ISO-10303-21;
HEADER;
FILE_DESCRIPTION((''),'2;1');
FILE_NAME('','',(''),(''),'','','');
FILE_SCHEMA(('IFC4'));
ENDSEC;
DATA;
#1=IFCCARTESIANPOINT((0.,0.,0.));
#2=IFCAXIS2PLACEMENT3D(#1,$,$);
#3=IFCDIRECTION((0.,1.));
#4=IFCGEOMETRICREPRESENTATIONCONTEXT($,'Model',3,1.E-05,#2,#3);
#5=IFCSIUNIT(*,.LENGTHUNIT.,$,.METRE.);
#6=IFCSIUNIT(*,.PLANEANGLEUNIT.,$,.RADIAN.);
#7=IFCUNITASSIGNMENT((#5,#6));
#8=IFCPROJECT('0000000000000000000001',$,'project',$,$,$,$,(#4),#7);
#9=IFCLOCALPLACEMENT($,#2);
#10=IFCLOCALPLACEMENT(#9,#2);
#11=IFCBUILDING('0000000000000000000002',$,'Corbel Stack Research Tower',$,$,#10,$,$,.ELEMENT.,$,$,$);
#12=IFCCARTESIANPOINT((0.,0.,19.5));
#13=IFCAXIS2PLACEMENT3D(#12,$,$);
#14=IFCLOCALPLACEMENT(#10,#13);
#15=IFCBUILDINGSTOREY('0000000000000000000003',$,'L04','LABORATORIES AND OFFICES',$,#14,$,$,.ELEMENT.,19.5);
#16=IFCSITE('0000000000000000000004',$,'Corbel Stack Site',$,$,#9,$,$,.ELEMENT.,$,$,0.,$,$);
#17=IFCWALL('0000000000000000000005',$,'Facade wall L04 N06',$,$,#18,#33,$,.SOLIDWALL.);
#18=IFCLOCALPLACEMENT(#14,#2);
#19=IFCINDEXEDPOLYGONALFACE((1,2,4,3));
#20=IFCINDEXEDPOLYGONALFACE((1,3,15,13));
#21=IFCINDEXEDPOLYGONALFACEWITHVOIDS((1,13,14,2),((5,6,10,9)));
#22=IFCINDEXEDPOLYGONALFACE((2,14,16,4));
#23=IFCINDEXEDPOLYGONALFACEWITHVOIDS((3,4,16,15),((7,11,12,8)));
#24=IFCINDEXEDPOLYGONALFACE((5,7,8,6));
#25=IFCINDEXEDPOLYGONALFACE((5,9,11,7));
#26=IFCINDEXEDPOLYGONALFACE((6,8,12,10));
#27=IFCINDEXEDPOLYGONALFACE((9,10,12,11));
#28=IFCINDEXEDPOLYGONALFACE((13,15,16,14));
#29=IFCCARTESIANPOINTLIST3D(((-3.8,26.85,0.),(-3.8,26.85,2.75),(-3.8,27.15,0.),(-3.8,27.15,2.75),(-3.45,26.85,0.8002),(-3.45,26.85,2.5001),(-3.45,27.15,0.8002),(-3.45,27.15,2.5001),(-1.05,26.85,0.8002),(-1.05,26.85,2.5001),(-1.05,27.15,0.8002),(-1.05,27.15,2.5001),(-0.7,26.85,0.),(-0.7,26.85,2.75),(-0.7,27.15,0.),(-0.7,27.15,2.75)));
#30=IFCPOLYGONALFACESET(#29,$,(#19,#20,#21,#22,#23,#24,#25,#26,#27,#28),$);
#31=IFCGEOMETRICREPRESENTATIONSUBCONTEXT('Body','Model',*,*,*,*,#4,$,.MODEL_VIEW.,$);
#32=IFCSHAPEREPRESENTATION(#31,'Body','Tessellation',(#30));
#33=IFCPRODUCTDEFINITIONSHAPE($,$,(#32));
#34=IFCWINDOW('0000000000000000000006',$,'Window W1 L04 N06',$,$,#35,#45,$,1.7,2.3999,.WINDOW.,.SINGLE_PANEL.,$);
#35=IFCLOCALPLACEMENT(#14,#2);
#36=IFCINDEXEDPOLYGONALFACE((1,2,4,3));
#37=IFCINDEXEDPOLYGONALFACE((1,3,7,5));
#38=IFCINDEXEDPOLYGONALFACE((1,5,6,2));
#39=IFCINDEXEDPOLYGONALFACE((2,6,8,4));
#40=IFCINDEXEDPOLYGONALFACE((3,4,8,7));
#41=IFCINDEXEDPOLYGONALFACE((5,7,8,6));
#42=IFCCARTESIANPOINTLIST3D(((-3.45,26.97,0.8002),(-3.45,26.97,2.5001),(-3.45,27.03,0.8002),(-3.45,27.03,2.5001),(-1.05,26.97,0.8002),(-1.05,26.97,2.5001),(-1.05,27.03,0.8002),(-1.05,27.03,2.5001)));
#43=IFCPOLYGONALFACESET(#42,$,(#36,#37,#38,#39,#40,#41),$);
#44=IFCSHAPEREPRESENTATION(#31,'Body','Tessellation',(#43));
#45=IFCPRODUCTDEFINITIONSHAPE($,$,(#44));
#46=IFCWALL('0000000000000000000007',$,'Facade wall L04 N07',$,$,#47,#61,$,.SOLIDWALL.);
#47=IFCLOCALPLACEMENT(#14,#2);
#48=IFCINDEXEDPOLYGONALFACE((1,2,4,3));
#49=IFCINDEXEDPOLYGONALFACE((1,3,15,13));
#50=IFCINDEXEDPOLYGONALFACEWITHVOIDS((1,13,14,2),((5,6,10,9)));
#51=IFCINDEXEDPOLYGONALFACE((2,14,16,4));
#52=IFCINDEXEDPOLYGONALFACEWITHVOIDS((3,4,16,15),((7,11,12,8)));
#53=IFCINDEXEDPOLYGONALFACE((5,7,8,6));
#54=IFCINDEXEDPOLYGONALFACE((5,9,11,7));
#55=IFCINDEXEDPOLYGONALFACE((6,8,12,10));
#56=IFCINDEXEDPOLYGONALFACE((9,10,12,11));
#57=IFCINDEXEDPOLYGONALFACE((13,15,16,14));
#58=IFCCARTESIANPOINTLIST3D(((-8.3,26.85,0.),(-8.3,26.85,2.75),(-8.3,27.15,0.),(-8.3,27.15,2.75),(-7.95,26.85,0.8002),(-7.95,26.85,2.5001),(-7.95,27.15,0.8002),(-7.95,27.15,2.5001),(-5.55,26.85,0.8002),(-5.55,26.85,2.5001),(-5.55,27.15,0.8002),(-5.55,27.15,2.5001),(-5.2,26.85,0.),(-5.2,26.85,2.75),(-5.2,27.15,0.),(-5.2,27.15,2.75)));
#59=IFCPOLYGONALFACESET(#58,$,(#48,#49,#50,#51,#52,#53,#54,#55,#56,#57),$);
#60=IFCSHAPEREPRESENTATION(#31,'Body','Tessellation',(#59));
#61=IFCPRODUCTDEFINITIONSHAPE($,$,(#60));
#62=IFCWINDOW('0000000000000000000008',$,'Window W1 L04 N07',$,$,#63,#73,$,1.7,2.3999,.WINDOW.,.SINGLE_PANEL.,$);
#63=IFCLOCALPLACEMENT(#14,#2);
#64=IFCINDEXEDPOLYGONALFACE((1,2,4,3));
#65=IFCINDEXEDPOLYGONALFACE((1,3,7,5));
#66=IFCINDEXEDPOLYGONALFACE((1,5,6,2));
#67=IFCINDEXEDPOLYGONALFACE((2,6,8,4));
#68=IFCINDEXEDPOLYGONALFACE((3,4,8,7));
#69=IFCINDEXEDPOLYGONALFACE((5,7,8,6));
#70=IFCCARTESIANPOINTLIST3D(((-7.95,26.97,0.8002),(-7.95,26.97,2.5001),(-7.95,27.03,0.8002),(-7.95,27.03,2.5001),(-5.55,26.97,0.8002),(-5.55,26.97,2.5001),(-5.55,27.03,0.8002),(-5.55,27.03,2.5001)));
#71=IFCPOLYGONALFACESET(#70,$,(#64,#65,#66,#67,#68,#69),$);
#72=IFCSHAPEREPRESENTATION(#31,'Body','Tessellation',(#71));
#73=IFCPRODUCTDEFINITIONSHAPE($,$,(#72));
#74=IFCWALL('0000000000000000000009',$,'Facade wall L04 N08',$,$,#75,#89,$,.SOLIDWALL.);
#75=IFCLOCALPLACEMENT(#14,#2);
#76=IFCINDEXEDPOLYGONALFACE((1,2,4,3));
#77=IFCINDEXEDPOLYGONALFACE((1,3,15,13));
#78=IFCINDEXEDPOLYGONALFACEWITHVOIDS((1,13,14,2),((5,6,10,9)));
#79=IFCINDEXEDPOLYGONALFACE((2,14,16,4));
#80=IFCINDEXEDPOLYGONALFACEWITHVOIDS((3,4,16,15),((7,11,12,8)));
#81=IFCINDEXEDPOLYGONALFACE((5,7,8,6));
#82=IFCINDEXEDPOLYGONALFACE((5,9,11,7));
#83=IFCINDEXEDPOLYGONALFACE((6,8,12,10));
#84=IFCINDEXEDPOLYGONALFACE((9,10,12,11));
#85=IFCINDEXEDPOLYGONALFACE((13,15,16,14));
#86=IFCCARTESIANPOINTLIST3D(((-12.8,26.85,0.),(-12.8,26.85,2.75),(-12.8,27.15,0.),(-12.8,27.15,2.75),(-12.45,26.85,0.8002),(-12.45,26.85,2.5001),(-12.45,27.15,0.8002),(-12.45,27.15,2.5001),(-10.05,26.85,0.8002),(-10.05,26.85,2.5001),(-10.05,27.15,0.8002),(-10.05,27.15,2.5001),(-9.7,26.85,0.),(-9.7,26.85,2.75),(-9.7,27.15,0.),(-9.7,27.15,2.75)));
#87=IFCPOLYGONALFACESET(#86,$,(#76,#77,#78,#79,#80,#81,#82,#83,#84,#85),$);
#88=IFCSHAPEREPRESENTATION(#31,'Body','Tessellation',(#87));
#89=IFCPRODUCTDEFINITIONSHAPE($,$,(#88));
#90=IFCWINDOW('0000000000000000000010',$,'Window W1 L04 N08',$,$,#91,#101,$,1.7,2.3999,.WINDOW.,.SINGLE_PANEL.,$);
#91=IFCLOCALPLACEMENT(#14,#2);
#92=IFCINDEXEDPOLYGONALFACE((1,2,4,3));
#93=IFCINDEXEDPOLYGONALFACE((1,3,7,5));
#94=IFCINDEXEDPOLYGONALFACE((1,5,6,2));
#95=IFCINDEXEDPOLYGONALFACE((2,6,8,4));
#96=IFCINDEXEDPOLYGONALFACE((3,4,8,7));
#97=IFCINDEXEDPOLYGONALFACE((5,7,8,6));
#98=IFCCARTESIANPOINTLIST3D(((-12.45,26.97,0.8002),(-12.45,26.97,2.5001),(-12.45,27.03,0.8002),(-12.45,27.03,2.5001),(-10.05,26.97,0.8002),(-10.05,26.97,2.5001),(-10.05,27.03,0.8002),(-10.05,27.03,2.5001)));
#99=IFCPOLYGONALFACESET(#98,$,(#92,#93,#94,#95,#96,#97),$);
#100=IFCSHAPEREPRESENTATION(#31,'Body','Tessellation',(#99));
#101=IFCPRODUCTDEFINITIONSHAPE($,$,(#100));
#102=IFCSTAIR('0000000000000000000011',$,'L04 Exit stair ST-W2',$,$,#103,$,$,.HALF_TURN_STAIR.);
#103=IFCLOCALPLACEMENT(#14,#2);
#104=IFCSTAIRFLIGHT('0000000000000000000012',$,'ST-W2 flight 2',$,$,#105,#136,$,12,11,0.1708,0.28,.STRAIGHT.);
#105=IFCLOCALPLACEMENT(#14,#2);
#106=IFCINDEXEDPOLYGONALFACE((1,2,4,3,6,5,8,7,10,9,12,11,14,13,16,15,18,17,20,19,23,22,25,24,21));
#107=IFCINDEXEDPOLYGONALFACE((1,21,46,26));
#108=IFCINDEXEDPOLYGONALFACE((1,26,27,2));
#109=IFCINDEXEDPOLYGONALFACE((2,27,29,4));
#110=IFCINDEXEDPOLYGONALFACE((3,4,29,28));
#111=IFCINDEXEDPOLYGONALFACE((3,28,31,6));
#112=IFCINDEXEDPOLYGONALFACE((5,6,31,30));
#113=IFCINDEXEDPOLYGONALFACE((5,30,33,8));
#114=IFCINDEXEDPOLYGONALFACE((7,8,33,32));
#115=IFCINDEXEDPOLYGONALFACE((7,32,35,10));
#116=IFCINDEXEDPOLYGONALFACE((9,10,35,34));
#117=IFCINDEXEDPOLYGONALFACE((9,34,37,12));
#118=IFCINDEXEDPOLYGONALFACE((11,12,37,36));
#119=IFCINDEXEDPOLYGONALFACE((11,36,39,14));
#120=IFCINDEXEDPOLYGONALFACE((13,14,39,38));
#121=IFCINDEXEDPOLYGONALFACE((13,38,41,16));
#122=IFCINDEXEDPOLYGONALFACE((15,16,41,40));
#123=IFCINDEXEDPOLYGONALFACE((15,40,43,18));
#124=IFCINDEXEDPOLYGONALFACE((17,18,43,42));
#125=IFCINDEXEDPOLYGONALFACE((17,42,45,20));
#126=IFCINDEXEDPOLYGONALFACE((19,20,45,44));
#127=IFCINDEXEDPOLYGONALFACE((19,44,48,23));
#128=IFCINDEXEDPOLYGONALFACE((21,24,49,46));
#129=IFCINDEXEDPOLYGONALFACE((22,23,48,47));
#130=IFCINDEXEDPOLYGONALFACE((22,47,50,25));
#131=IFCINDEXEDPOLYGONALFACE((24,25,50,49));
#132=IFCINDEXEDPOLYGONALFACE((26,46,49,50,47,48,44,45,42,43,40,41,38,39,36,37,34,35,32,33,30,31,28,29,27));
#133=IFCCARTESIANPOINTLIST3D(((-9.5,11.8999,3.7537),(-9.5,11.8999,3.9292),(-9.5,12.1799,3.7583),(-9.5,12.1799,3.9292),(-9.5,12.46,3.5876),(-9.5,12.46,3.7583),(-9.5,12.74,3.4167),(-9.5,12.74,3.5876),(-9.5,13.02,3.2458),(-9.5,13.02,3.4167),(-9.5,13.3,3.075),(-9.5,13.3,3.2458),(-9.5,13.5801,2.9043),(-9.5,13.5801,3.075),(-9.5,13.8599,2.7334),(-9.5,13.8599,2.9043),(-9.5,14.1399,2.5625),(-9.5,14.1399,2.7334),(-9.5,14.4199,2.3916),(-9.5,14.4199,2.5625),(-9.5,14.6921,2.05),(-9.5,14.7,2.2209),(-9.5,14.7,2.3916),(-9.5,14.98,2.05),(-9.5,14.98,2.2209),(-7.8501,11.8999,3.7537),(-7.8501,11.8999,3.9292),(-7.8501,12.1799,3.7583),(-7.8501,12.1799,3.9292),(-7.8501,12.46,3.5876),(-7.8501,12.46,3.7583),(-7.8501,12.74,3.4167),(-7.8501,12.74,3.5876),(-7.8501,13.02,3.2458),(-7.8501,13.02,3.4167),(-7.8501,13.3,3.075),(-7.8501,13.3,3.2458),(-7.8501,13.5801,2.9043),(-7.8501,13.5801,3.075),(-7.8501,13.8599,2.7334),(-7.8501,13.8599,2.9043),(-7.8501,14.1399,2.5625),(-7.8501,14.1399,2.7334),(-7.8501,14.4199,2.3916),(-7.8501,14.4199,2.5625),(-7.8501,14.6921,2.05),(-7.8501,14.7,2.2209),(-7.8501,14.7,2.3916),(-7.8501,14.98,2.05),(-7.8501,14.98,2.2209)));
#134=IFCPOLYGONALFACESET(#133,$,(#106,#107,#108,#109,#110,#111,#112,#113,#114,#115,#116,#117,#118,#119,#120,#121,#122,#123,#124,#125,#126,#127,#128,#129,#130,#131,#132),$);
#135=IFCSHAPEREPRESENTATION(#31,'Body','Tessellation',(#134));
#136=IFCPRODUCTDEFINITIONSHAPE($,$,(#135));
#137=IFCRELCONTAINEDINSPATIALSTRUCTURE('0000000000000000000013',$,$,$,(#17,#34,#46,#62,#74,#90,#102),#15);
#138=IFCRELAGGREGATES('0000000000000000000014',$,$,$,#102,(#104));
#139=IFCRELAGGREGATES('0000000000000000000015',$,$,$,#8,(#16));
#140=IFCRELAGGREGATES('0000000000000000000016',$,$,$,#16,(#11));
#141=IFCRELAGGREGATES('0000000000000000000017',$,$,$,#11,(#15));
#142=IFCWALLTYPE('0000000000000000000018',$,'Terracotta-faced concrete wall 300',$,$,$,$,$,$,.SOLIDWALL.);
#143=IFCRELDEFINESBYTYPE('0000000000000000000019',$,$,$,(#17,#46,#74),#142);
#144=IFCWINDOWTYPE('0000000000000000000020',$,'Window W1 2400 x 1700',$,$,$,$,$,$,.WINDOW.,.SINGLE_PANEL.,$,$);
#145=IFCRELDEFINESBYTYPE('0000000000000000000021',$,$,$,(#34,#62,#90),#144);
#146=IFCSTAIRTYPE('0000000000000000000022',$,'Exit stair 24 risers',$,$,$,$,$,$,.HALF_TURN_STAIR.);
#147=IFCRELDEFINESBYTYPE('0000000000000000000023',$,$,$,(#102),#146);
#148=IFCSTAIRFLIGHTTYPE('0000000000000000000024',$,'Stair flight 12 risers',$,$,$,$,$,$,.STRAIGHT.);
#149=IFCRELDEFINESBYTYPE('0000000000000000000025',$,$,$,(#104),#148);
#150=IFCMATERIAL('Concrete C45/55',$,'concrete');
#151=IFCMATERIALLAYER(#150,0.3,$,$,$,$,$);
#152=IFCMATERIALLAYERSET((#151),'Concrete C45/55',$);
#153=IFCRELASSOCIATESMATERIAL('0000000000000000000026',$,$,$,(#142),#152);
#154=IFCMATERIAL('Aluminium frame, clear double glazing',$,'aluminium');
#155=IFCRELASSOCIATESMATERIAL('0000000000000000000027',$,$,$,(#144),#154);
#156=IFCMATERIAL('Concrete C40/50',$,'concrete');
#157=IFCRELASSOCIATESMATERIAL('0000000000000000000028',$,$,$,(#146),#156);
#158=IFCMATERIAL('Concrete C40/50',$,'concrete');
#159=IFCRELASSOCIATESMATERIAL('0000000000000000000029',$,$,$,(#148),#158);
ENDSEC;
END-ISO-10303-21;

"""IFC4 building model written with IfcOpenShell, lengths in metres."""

from ifc_helpers import new_model, si_unit, direction, frame, frame_2d, origin, place, context, subcontext, project, spatial, polyline, rectangle, outline, extrude, material, layer, layer_set, type_object, element, fill, aggregate, save


model = new_model("IFC4")

# Units and contexts
model_context = context("Model", 3, precision=1e-05, world=origin(), true_north=direction((0.0, 1.0)))
body_context = subcontext(model_context, "Body", "Model", "MODEL_VIEW")
ifc_project = project(units=[si_unit("LENGTHUNIT", "METRE"), si_unit("PLANEANGLEUNIT", "RADIAN")], contexts=[model_context])

# Site, building, storey
site_placement = place(None, origin())
site = spatial("IfcSite", under=ifc_project, at=site_placement, Name="Corbel Stack Site", CompositionType="ELEMENT", RefElevation=0.0)
building_placement = place(site_placement, origin())
building = spatial("IfcBuilding", under=site, at=building_placement, Name="Corbel Stack Research Tower", CompositionType="ELEMENT")
storey_placement = place(building_placement, frame((0.0, 0.0, 19.5)))
storey = spatial("IfcBuildingStorey", under=building, at=storey_placement, Name="L04", Description="LABORATORIES AND OFFICES", CompositionType="ELEMENT", Elevation=19.5)

# Walls, openings, windows
ifc_material_1 = material(Name="Concrete C45/55", Category="concrete")
ifc_layer_1 = layer(ifc_material_1, 0.3)
ifc_layer_set_1 = layer_set([ifc_layer_1], Name="Concrete C45/55")
wall_type_1 = type_object("IfcWallType", Name="Terracotta-faced concrete wall 300", PredefinedType="SOLIDWALL", material=ifc_layer_set_1)
wall_1_placement = place(storey_placement, frame((-3.8, 27.0, 0.0), z_axis=(0.0, 0.0, 1.0), x_axis=(1.0, 0.0, 0.0)))
wall_1 = element("IfcWall", 1, at=wall_1_placement, inside=storey, type_object=wall_type_1, Name="Facade wall L04 N06", PredefinedType="SOLIDWALL", context=body_context, shape_type="SweptSolid", body=[
    extrude(rectangle(XDim=3.1001, YDim=0.3, at=frame_2d((1.55, 0.0))), origin(), (0.0, 0.0, 1.0), 2.75),
])
opening_1_placement = place(wall_1_placement, frame((0.3501, 0.0, 0.8)))
opening_1 = element("IfcOpeningElement", 2, at=opening_1_placement, cuts=wall_1, PredefinedType="OPENING", context=body_context, shape_type="SweptSolid", body=[
    extrude(rectangle(XDim=2.3999, YDim=1.7, at=frame_2d((1.2, 0.8501))), frame((0.0, 0.1599, 0.0), z_axis=(0.0, -1.0, 0.0), x_axis=(1.0, 0.0, 0.0)), (0.0, 0.0, 1.0), 0.3201),
])
ifc_material_2 = material(Name="Aluminium frame, clear double glazing", Category="aluminium")
window_type = type_object("IfcWindowType", Name="Window W1 2400 x 1700", PartitioningType="SINGLE_PANEL", PredefinedType="WINDOW", material=ifc_material_2)
window_1_placement = place(opening_1_placement, origin())
window_1 = element("IfcWindow", 3, at=window_1_placement, inside=storey, type_object=window_type, Name="Window W1 L04 N06", OverallHeight=1.7, OverallWidth=2.3999, PartitioningType="SINGLE_PANEL", PredefinedType="WINDOW", context=body_context, shape_type="SweptSolid", body=[
    extrude(rectangle(XDim=2.3999, YDim=1.7, at=frame_2d((1.2, 0.8501))), frame((0.0, 0.03, 0.0), z_axis=(0.0, -1.0, 0.0), x_axis=(1.0, 0.0, 0.0)), (0.0, 0.0, 1.0), 0.0601),
])
fill(opening_1, window_1)
wall_2_placement = place(storey_placement, frame((-8.3, 27.0, 0.0), z_axis=(0.0, 0.0, 1.0), x_axis=(1.0, 0.0, 0.0)))
wall_2 = element("IfcWall", 4, at=wall_2_placement, inside=storey, type_object=wall_type_1, Name="Facade wall L04 N07", PredefinedType="SOLIDWALL", context=body_context, shape_type="SweptSolid", body=[
    extrude(rectangle(XDim=3.1001, YDim=0.3, at=frame_2d((1.55, 0.0))), origin(), (0.0, 0.0, 1.0), 2.75),
])
opening_2_placement = place(wall_2_placement, frame((0.3501, 0.0, 0.8)))
opening_2 = element("IfcOpeningElement", 5, at=opening_2_placement, cuts=wall_2, PredefinedType="OPENING", context=body_context, shape_type="SweptSolid", body=[
    extrude(rectangle(XDim=2.3999, YDim=1.7, at=frame_2d((1.2, 0.8501))), frame((0.0, 0.1599, 0.0), z_axis=(0.0, -1.0, 0.0), x_axis=(1.0, 0.0, 0.0)), (0.0, 0.0, 1.0), 0.3201),
])
window_2_placement = place(opening_2_placement, origin())
window_2 = element("IfcWindow", 6, at=window_2_placement, inside=storey, type_object=window_type, Name="Window W1 L04 N07", OverallHeight=1.7, OverallWidth=2.3999, PartitioningType="SINGLE_PANEL", PredefinedType="WINDOW", context=body_context, shape_type="SweptSolid", body=[
    extrude(rectangle(XDim=2.3999, YDim=1.7, at=frame_2d((1.2, 0.8501))), frame((0.0, 0.03, 0.0), z_axis=(0.0, -1.0, 0.0), x_axis=(1.0, 0.0, 0.0)), (0.0, 0.0, 1.0), 0.0601),
])
fill(opening_2, window_2)
wall_3_placement = place(storey_placement, frame((-12.8, 27.0, 0.0), z_axis=(0.0, 0.0, 1.0), x_axis=(1.0, 0.0, 0.0)))
wall_3 = element("IfcWall", 7, at=wall_3_placement, inside=storey, type_object=wall_type_1, Name="Facade wall L04 N08", PredefinedType="SOLIDWALL", context=body_context, shape_type="SweptSolid", body=[
    extrude(rectangle(XDim=3.1001, YDim=0.3, at=frame_2d((1.55, 0.0))), origin(), (0.0, 0.0, 1.0), 2.75),
])
opening_3_placement = place(wall_3_placement, frame((0.3501, 0.0, 0.8)))
opening_3 = element("IfcOpeningElement", 8, at=opening_3_placement, cuts=wall_3, PredefinedType="OPENING", context=body_context, shape_type="SweptSolid", body=[
    extrude(rectangle(XDim=2.3999, YDim=1.7, at=frame_2d((1.2, 0.8501))), frame((0.0, 0.1599, 0.0), z_axis=(0.0, -1.0, 0.0), x_axis=(1.0, 0.0, 0.0)), (0.0, 0.0, 1.0), 0.3201),
])
window_3_placement = place(opening_3_placement, origin())
window_3 = element("IfcWindow", 9, at=window_3_placement, inside=storey, type_object=window_type, Name="Window W1 L04 N08", OverallHeight=1.7, OverallWidth=2.3999, PartitioningType="SINGLE_PANEL", PredefinedType="WINDOW", context=body_context, shape_type="SweptSolid", body=[
    extrude(rectangle(XDim=2.3999, YDim=1.7, at=frame_2d((1.2, 0.8501))), frame((0.0, 0.03, 0.0), z_axis=(0.0, -1.0, 0.0), x_axis=(1.0, 0.0, 0.0)), (0.0, 0.0, 1.0), 0.0601),
])
fill(opening_3, window_3)

# Stair, stair flight
ifc_material_3 = material(Name="Concrete C40/50", Category="concrete")
stair_type = type_object("IfcStairType", Name="Exit stair 24 risers", PredefinedType="HALF_TURN_STAIR", material=ifc_material_3)
stair_placement = place(storey_placement, origin())
stair = element("IfcStair", 10, at=stair_placement, inside=storey, type_object=stair_type, Name="L04 Exit stair ST-W2", PredefinedType="HALF_TURN_STAIR")
ifc_material_4 = material(Name="Concrete C40/50", Category="concrete")
stair_flight_type = type_object("IfcStairFlightType", Name="Stair flight 12 risers", PredefinedType="STRAIGHT", material=ifc_material_4)
stair_flight_placement = place(storey_placement, frame((-8.675, 14.98, 2.05), z_axis=(0.0, 0.0, 1.0), x_axis=(0.0, -1.0, 0.0)))
stair_flight = element("IfcStairFlight", 11, at=stair_flight_placement, type_object=stair_flight_type, Name="ST-W2 flight 2", NumberOfRisers=12, NumberOfTreads=11, PredefinedType="STRAIGHT", RiserHeight=0.1708, TreadLength=0.28, context=body_context, shape_type="SweptSolid", body=[
    extrude(outline(polyline([(0.0, 0.0), (0.0, 0.1709), (0.28, 0.1709), (0.28, 0.3416), (0.5601, 0.3416), (0.5601, 0.5125), (0.8401, 0.5125), (0.8401, 0.6833), (1.1201, 0.6833), (1.1201, 0.8542), (1.3999, 0.8542), (1.3999, 1.0249), (1.6799, 1.0249), (1.6799, 1.1958), (1.96, 1.1958), (1.96, 1.3667), (2.24, 1.3667), (2.24, 1.5376), (2.52, 1.5376), (2.52, 1.7083), (2.8, 1.7083), (2.8, 1.8792), (3.0801, 1.8792), (3.0801, 2.05), (3.0801, 1.7036), (0.2878, 0.0), (0.0, 0.0)])), frame((0.0, 0.825, 0.0), z_axis=(0.0, -1.0, 0.0), x_axis=(1.0, 0.0, 0.0)), (0.0, 0.0, 1.0), 1.6499),
])
aggregate(stair, [stair_flight])

save(model, "model.ifc")
